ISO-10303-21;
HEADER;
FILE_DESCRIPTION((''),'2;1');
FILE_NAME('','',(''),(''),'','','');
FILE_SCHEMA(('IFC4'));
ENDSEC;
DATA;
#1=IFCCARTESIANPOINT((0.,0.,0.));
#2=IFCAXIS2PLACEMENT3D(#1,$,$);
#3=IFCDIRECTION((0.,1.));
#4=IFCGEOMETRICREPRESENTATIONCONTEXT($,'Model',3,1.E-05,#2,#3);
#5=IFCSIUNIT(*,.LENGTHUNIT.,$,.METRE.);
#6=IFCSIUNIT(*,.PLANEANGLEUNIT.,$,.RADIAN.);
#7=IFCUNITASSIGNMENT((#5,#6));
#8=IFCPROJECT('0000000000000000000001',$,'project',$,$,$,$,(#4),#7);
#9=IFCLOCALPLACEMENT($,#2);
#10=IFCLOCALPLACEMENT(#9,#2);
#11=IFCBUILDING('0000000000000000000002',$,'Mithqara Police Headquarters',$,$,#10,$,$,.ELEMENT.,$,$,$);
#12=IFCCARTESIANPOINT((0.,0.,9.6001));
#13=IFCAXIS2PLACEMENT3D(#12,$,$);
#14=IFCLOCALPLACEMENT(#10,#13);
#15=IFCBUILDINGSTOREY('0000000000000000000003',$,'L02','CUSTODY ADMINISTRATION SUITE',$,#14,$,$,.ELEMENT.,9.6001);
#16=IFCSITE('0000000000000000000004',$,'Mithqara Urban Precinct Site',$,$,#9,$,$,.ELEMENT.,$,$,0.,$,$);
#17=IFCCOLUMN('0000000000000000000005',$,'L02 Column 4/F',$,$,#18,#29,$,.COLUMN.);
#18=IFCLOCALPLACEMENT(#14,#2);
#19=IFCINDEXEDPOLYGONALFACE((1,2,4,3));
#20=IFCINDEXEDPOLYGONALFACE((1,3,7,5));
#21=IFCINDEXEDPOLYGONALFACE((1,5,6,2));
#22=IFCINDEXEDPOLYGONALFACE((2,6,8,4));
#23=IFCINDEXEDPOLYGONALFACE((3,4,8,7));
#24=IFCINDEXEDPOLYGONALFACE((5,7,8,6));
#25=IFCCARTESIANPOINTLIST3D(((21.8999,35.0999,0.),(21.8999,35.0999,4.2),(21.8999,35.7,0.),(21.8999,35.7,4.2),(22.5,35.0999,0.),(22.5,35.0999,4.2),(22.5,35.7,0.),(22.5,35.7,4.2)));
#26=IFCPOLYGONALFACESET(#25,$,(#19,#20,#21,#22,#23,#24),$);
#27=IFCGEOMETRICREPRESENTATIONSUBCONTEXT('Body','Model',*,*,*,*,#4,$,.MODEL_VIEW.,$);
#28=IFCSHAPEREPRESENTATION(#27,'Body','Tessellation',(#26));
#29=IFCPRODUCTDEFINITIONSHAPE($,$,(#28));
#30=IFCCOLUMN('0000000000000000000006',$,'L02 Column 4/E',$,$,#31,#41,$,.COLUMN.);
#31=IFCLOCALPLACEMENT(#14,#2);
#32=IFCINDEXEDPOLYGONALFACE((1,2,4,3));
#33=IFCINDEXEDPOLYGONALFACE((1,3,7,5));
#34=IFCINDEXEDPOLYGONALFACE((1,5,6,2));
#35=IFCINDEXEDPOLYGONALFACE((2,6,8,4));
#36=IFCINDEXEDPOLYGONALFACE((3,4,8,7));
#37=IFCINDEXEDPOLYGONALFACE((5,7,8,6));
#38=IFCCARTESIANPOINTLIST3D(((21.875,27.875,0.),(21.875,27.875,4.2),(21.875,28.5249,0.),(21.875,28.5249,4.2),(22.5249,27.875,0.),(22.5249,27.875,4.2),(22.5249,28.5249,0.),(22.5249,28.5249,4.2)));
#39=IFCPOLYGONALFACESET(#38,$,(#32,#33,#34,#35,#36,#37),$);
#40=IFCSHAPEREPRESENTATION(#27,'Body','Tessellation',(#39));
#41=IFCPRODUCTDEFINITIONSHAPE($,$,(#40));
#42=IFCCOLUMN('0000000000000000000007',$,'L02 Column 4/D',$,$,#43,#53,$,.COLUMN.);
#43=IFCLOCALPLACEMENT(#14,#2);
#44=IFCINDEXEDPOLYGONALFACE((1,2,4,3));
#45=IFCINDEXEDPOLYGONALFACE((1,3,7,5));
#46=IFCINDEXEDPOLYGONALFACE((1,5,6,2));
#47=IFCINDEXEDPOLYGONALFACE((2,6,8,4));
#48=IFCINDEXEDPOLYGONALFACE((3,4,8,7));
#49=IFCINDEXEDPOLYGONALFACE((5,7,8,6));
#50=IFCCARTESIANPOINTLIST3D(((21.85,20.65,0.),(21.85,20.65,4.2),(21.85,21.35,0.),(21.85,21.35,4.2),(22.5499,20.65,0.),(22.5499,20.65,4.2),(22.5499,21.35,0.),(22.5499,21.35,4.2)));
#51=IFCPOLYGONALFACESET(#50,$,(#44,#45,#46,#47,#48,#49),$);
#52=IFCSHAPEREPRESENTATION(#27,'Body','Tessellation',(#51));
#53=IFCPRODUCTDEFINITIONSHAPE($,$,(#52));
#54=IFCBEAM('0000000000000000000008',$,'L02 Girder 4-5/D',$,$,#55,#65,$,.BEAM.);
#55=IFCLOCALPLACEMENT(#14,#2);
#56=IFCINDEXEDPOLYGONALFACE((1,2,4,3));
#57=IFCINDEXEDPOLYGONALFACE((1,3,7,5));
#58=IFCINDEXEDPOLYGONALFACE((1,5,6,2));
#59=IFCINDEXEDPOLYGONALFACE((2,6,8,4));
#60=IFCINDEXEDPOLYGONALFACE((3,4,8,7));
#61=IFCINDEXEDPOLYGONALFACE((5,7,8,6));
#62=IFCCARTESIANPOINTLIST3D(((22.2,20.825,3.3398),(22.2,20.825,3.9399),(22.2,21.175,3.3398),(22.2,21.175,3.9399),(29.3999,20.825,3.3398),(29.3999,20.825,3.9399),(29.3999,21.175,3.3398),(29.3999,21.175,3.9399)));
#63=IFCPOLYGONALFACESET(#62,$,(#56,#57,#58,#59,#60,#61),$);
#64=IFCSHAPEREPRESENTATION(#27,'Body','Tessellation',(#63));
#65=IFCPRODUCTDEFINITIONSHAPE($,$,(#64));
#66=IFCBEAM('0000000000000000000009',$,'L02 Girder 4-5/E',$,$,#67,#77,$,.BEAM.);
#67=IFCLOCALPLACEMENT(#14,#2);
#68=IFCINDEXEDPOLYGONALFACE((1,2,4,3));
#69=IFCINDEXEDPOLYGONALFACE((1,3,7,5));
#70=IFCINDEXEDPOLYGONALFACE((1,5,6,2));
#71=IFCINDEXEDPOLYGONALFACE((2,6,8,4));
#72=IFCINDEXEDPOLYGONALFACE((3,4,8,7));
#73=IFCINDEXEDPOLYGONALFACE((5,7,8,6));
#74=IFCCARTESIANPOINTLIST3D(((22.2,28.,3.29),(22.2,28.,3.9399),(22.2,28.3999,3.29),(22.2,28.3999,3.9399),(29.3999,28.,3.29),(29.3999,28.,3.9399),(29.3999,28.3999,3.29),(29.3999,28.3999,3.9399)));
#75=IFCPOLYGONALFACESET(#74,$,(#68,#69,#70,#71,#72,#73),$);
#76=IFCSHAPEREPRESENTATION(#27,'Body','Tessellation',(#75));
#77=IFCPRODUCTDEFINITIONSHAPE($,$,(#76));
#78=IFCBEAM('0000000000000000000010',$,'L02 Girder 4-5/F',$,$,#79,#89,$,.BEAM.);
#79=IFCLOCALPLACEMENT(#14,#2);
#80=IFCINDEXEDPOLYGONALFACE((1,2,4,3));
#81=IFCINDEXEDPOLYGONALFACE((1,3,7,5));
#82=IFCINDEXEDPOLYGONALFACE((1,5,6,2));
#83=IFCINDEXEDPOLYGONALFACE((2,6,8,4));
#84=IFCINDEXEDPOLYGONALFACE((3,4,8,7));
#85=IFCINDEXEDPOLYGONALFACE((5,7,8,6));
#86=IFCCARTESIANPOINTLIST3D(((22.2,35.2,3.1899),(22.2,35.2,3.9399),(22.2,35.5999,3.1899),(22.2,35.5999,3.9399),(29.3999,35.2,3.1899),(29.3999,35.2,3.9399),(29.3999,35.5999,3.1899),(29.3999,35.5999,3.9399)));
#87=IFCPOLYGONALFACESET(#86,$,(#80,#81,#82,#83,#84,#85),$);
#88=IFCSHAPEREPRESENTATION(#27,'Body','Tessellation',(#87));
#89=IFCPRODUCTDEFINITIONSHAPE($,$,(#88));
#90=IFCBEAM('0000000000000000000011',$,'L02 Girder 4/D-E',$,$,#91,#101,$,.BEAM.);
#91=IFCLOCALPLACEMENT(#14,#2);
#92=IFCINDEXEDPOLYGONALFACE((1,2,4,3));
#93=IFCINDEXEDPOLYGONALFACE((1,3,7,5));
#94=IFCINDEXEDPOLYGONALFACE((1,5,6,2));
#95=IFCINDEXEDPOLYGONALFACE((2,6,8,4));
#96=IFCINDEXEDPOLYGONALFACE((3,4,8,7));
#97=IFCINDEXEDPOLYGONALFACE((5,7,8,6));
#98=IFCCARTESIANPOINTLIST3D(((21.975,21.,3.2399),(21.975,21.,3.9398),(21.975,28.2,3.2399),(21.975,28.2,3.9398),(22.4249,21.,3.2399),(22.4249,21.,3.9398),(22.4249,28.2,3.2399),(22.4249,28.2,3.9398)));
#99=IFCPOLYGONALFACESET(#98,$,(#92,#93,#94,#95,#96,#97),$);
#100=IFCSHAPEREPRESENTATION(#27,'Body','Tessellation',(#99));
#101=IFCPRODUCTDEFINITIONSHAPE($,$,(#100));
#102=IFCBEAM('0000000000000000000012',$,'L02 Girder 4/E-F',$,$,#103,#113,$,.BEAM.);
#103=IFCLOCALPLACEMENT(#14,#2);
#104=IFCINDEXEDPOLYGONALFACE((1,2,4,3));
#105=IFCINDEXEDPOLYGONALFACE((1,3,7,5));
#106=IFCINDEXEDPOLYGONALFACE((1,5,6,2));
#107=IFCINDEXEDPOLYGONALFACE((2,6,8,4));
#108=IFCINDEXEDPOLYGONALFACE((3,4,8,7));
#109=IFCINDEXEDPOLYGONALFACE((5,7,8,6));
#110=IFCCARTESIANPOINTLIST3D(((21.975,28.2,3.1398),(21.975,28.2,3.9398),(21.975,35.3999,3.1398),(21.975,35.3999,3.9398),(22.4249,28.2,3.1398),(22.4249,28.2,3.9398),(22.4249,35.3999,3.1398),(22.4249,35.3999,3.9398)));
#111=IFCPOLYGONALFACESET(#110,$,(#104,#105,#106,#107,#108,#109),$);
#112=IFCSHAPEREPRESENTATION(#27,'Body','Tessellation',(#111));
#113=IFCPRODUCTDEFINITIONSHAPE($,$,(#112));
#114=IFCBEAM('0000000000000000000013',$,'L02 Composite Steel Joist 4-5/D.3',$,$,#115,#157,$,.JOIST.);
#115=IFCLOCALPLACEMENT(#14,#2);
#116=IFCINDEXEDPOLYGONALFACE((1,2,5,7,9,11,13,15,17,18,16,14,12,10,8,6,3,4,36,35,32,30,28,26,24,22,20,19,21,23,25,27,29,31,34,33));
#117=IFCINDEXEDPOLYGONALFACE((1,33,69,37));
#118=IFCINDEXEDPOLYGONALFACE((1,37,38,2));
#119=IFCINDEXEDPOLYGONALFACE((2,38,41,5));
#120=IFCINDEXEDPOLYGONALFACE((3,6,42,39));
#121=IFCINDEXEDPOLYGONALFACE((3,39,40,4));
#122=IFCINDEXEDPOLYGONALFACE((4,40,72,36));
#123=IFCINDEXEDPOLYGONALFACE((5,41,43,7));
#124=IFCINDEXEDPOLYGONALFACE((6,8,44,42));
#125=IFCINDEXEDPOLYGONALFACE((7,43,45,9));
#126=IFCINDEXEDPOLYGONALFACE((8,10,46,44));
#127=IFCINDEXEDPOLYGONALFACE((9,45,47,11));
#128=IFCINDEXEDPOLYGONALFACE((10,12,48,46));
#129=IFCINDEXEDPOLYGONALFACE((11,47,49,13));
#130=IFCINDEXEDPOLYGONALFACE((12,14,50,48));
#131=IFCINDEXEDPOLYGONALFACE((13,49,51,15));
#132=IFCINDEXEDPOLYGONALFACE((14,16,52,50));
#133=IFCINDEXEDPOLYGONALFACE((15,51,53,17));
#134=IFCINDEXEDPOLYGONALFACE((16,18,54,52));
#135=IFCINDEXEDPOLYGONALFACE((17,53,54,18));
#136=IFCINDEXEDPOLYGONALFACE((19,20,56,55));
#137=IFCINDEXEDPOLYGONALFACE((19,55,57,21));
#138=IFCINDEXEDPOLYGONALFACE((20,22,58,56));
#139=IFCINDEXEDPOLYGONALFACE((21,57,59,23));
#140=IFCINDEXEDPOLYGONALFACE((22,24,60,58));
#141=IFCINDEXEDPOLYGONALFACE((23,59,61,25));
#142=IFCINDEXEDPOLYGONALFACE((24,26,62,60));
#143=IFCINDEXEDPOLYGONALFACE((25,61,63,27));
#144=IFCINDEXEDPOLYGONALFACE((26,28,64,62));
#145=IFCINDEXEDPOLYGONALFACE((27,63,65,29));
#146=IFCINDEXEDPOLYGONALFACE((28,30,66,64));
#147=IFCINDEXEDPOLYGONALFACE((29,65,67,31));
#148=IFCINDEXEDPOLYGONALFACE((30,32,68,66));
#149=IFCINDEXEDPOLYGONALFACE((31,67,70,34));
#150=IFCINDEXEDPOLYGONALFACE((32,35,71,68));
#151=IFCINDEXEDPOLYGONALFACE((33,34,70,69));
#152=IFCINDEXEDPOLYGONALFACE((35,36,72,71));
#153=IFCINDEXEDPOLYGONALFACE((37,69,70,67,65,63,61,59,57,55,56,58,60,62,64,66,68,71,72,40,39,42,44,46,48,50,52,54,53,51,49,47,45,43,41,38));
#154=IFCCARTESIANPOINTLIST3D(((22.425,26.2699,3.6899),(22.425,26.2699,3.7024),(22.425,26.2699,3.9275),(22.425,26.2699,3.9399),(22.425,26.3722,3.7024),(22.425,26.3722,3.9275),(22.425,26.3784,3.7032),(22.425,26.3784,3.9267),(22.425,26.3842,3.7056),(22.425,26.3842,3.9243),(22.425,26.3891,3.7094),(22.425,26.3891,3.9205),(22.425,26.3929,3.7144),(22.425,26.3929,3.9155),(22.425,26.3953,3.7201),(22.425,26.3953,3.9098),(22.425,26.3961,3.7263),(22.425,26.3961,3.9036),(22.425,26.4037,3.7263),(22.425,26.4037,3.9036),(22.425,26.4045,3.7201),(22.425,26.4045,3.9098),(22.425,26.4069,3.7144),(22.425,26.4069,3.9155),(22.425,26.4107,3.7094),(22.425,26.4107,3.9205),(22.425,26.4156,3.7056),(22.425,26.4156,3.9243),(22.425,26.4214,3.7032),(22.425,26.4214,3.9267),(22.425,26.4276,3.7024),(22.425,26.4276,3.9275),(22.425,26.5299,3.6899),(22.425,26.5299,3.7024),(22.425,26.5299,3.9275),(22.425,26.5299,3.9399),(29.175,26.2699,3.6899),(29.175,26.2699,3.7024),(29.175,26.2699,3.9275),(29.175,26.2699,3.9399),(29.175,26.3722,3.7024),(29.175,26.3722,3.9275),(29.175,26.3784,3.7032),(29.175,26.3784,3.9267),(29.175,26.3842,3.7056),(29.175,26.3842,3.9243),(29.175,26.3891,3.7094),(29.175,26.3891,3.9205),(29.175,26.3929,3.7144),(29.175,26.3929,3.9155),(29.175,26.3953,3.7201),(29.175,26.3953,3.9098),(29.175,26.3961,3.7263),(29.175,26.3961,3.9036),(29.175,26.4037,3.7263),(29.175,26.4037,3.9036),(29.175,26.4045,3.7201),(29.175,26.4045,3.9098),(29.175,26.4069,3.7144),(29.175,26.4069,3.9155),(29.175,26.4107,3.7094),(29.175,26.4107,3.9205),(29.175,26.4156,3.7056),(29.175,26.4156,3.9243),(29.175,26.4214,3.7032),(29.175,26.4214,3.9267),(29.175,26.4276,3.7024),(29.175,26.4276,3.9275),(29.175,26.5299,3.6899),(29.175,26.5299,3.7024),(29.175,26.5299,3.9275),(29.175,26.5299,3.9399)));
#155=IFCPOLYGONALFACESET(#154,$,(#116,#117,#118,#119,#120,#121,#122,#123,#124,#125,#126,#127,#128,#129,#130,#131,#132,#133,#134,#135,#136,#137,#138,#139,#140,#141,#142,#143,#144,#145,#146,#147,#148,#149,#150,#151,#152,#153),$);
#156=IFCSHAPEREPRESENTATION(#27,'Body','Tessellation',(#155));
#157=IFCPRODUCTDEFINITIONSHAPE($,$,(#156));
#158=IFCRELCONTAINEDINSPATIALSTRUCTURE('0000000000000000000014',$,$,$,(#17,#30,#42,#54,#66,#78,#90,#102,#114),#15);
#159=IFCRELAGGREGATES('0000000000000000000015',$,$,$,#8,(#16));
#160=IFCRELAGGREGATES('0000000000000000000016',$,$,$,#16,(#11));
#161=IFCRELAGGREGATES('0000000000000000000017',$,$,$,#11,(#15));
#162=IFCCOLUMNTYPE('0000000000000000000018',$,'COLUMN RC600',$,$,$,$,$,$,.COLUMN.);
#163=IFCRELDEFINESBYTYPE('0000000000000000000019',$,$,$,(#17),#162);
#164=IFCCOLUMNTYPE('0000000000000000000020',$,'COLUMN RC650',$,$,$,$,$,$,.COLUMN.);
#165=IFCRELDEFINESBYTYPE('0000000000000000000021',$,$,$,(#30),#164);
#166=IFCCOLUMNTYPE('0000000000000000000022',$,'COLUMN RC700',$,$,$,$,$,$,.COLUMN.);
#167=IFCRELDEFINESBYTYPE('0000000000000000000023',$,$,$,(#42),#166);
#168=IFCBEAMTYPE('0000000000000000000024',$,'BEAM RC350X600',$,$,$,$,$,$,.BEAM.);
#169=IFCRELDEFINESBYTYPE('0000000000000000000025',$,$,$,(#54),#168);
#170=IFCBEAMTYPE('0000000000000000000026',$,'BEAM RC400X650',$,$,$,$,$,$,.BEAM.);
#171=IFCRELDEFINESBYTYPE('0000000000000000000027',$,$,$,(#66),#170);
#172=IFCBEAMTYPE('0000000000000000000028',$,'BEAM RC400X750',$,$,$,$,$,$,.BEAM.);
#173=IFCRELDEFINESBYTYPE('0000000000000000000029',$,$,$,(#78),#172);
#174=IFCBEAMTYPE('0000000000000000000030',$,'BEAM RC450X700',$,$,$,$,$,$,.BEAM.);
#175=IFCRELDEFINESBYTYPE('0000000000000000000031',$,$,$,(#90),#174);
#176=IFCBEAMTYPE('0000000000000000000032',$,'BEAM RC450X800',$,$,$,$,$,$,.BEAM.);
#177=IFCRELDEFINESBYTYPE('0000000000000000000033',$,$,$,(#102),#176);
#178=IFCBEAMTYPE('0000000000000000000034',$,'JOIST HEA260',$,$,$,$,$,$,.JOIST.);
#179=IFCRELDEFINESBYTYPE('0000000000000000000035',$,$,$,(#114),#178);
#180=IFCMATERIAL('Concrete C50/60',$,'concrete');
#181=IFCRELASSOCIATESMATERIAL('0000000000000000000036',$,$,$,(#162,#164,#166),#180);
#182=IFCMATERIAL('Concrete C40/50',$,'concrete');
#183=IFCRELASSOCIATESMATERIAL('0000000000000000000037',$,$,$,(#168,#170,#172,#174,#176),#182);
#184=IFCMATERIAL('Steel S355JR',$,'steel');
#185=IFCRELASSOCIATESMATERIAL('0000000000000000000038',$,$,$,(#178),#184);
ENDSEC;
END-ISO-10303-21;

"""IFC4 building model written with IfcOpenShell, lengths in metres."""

from ifc_helpers import new_model, si_unit, direction, frame, origin, origin_2d, place, context, subcontext, project, spatial, rectangle, i_section, extrude, material, material_profile, profile_set, type_object, element, save


model = new_model("IFC4")

# Units and contexts
model_context = context("Model", 3, precision=1e-05, world=origin(), true_north=direction((0.0, 1.0)))
body_context = subcontext(model_context, "Body", "Model", "MODEL_VIEW")
ifc_project = project(units=[si_unit("LENGTHUNIT", "METRE"), si_unit("PLANEANGLEUNIT", "RADIAN")], contexts=[model_context])

# Site, building, storey
site_placement = place(None, origin())
site = spatial("IfcSite", under=ifc_project, at=site_placement, Name="Mithqara Urban Precinct Site", CompositionType="ELEMENT", RefElevation=0.0)
building_placement = place(site_placement, origin())
building = spatial("IfcBuilding", under=site, at=building_placement, Name="Mithqara Police Headquarters", CompositionType="ELEMENT")
storey_placement = place(building_placement, frame((0.0, 0.0, 9.6001)))
storey = spatial("IfcBuildingStorey", under=building, at=storey_placement, Name="L02", Description="CUSTODY ADMINISTRATION SUITE", CompositionType="ELEMENT", Elevation=9.6001)

# Columns
ifc_material_1 = material(Name="Concrete C50/60", Category="concrete")
ifc_material_profile_1 = material_profile(ifc_material_1, rectangle(XDim=0.6001, YDim=0.6001, at=origin_2d()), Name="RC 600x600")
ifc_profile_set_1 = profile_set([ifc_material_profile_1], Name="Concrete C50/60")
column_type_1 = type_object("IfcColumnType", Name="COLUMN RC600", PredefinedType="COLUMN", material=ifc_profile_set_1)
column_1_placement = place(storey_placement, frame((22.2, 35.3999, 0.0), z_axis=(0.0, 0.0, 1.0), x_axis=(1.0, 0.0, 0.0)))
element("IfcColumn", 1, at=column_1_placement, inside=storey, type_object=column_type_1, Name="L02 Column 4/F", PredefinedType="COLUMN", context=body_context, shape_type="SweptSolid", body=[
    extrude(rectangle(XDim=0.6001, YDim=0.6001, at=origin_2d()), origin(), (0.0, 0.0, 1.0), 4.2),
])
ifc_material_profile_2 = material_profile(ifc_material_1, rectangle(XDim=0.6499, YDim=0.6499, at=origin_2d()), Name="RC 650x650")
ifc_profile_set_2 = profile_set([ifc_material_profile_2], Name="Concrete C50/60")
column_type_2 = type_object("IfcColumnType", Name="COLUMN RC650", PredefinedType="COLUMN", material=ifc_profile_set_2)
column_2_placement = place(storey_placement, frame((22.2, 28.2, 0.0), z_axis=(0.0, 0.0, 1.0), x_axis=(1.0, 0.0, 0.0)))
element("IfcColumn", 2, at=column_2_placement, inside=storey, type_object=column_type_2, Name="L02 Column 4/E", PredefinedType="COLUMN", context=body_context, shape_type="SweptSolid", body=[
    extrude(rectangle(XDim=0.6499, YDim=0.6499, at=origin_2d()), origin(), (0.0, 0.0, 1.0), 4.2),
])
ifc_material_profile_3 = material_profile(ifc_material_1, rectangle(XDim=0.7, YDim=0.7, at=origin_2d()), Name="RC 700x700")
ifc_profile_set_3 = profile_set([ifc_material_profile_3], Name="Concrete C50/60")
column_type_3 = type_object("IfcColumnType", Name="COLUMN RC700", PredefinedType="COLUMN", material=ifc_profile_set_3)
column_3_placement = place(storey_placement, frame((22.2, 21.0, 0.0), z_axis=(0.0, 0.0, 1.0), x_axis=(1.0, 0.0, 0.0)))
element("IfcColumn", 3, at=column_3_placement, inside=storey, type_object=column_type_3, Name="L02 Column 4/D", PredefinedType="COLUMN", context=body_context, shape_type="SweptSolid", body=[
    extrude(rectangle(XDim=0.7, YDim=0.7, at=origin_2d()), origin(), (0.0, 0.0, 1.0), 4.2),
])

# Beams
ifc_material_2 = material(Name="Concrete C40/50", Category="concrete")
ifc_material_profile_4 = material_profile(ifc_material_2, rectangle(XDim=0.3501, YDim=0.6001, at=origin_2d()), Name="RC 350x600")
ifc_profile_set_4 = profile_set([ifc_material_profile_4], Name="Concrete C40/50")
beam_type_1 = type_object("IfcBeamType", Name="BEAM RC350X600", PredefinedType="BEAM", material=ifc_profile_set_4)
beam_1_placement = place(storey_placement, frame((22.2, 21.0, 3.6399), z_axis=(1.0, 0.0, 0.0), x_axis=(0.0, 1.0, 0.0)))
element("IfcBeam", 4, at=beam_1_placement, inside=storey, type_object=beam_type_1, Name="L02 Girder 4-5/D", PredefinedType="BEAM", context=body_context, shape_type="SweptSolid", body=[
    extrude(rectangle(XDim=0.3501, YDim=0.6001, at=origin_2d()), origin(), (0.0, 0.0, 1.0), 7.2),
])
ifc_material_profile_5 = material_profile(ifc_material_2, rectangle(XDim=0.3999, YDim=0.6499, at=origin_2d()), Name="RC 400x650")
ifc_profile_set_5 = profile_set([ifc_material_profile_5], Name="Concrete C40/50")
beam_type_2 = type_object("IfcBeamType", Name="BEAM RC400X650", PredefinedType="BEAM", material=ifc_profile_set_5)
beam_2_placement = place(storey_placement, frame((22.2, 28.2, 3.615), z_axis=(1.0, 0.0, 0.0), x_axis=(0.0, 1.0, 0.0)))
element("IfcBeam", 5, at=beam_2_placement, inside=storey, type_object=beam_type_2, Name="L02 Girder 4-5/E", PredefinedType="BEAM", context=body_context, shape_type="SweptSolid", body=[
    extrude(rectangle(XDim=0.3999, YDim=0.6499, at=origin_2d()), origin(), (0.0, 0.0, 1.0), 7.2),
])
ifc_material_profile_6 = material_profile(ifc_material_2, rectangle(XDim=0.3999, YDim=0.75, at=origin_2d()), Name="RC 400x750")
ifc_profile_set_6 = profile_set([ifc_material_profile_6], Name="Concrete C40/50")
beam_type_3 = type_object("IfcBeamType", Name="BEAM RC400X750", PredefinedType="BEAM", material=ifc_profile_set_6)
beam_3_placement = place(storey_placement, frame((22.2, 35.3999, 3.5649), z_axis=(1.0, 0.0, 0.0), x_axis=(0.0, 1.0, 0.0)))
element("IfcBeam", 6, at=beam_3_placement, inside=storey, type_object=beam_type_3, Name="L02 Girder 4-5/F", PredefinedType="BEAM", context=body_context, shape_type="SweptSolid", body=[
    extrude(rectangle(XDim=0.3999, YDim=0.75, at=origin_2d()), origin(), (0.0, 0.0, 1.0), 7.2),
])
ifc_material_profile_7 = material_profile(ifc_material_2, rectangle(XDim=0.45, YDim=0.7, at=origin_2d()), Name="RC 450x700")
ifc_profile_set_7 = profile_set([ifc_material_profile_7], Name="Concrete C40/50")
beam_type_4 = type_object("IfcBeamType", Name="BEAM RC450X700", PredefinedType="BEAM", material=ifc_profile_set_7)
beam_4_placement = place(storey_placement, frame((22.2, 21.0, 3.5898), z_axis=(0.0, 1.0, 0.0), x_axis=(-1.0, 0.0, 0.0)))
element("IfcBeam", 7, at=beam_4_placement, inside=storey, type_object=beam_type_4, Name="L02 Girder 4/D-E", PredefinedType="BEAM", context=body_context, shape_type="SweptSolid", body=[
    extrude(rectangle(XDim=0.45, YDim=0.7, at=origin_2d()), origin(), (0.0, 0.0, 1.0), 7.2),
])
ifc_material_profile_8 = material_profile(ifc_material_2, rectangle(XDim=0.45, YDim=0.8, at=origin_2d()), Name="RC 450x800")
ifc_profile_set_8 = profile_set([ifc_material_profile_8], Name="Concrete C40/50")
beam_type_5 = type_object("IfcBeamType", Name="BEAM RC450X800", PredefinedType="BEAM", material=ifc_profile_set_8)
beam_5_placement = place(storey_placement, frame((22.2, 28.2, 3.5398), z_axis=(0.0, 1.0, 0.0), x_axis=(-1.0, 0.0, 0.0)))
element("IfcBeam", 8, at=beam_5_placement, inside=storey, type_object=beam_type_5, Name="L02 Girder 4/E-F", PredefinedType="BEAM", context=body_context, shape_type="SweptSolid", body=[
    extrude(rectangle(XDim=0.45, YDim=0.8, at=origin_2d()), origin(), (0.0, 0.0, 1.0), 7.2),
])
ifc_material_3 = material(Name="Steel S355JR", Category="steel")
ifc_material_profile_9 = material_profile(ifc_material_3, i_section(OverallWidth=0.26, OverallDepth=0.25, WebThickness=0.0076, FlangeThickness=0.0125, FilletRadius=0.0239, at=origin_2d()), Name="HEA 260")
ifc_profile_set_9 = profile_set([ifc_material_profile_9], Name="Steel S355JR")
beam_type_6 = type_object("IfcBeamType", Name="JOIST HEA260", PredefinedType="JOIST", material=ifc_profile_set_9)
beam_6_placement = place(storey_placement, frame((22.425, 26.3999, 3.8149), z_axis=(1.0, 0.0, 0.0), x_axis=(0.0, 1.0, 0.0)))
element("IfcBeam", 9, at=beam_6_placement, inside=storey, type_object=beam_type_6, Name="L02 Composite Steel Joist 4-5/D.3", PredefinedType="JOIST", context=body_context, shape_type="SweptSolid", body=[
    extrude(i_section(OverallWidth=0.26, OverallDepth=0.25, WebThickness=0.0076, FlangeThickness=0.0125, FilletRadius=0.0239, at=origin_2d()), origin(), (0.0, 0.0, 1.0), 6.75),
])

save(model, "model.ifc")
